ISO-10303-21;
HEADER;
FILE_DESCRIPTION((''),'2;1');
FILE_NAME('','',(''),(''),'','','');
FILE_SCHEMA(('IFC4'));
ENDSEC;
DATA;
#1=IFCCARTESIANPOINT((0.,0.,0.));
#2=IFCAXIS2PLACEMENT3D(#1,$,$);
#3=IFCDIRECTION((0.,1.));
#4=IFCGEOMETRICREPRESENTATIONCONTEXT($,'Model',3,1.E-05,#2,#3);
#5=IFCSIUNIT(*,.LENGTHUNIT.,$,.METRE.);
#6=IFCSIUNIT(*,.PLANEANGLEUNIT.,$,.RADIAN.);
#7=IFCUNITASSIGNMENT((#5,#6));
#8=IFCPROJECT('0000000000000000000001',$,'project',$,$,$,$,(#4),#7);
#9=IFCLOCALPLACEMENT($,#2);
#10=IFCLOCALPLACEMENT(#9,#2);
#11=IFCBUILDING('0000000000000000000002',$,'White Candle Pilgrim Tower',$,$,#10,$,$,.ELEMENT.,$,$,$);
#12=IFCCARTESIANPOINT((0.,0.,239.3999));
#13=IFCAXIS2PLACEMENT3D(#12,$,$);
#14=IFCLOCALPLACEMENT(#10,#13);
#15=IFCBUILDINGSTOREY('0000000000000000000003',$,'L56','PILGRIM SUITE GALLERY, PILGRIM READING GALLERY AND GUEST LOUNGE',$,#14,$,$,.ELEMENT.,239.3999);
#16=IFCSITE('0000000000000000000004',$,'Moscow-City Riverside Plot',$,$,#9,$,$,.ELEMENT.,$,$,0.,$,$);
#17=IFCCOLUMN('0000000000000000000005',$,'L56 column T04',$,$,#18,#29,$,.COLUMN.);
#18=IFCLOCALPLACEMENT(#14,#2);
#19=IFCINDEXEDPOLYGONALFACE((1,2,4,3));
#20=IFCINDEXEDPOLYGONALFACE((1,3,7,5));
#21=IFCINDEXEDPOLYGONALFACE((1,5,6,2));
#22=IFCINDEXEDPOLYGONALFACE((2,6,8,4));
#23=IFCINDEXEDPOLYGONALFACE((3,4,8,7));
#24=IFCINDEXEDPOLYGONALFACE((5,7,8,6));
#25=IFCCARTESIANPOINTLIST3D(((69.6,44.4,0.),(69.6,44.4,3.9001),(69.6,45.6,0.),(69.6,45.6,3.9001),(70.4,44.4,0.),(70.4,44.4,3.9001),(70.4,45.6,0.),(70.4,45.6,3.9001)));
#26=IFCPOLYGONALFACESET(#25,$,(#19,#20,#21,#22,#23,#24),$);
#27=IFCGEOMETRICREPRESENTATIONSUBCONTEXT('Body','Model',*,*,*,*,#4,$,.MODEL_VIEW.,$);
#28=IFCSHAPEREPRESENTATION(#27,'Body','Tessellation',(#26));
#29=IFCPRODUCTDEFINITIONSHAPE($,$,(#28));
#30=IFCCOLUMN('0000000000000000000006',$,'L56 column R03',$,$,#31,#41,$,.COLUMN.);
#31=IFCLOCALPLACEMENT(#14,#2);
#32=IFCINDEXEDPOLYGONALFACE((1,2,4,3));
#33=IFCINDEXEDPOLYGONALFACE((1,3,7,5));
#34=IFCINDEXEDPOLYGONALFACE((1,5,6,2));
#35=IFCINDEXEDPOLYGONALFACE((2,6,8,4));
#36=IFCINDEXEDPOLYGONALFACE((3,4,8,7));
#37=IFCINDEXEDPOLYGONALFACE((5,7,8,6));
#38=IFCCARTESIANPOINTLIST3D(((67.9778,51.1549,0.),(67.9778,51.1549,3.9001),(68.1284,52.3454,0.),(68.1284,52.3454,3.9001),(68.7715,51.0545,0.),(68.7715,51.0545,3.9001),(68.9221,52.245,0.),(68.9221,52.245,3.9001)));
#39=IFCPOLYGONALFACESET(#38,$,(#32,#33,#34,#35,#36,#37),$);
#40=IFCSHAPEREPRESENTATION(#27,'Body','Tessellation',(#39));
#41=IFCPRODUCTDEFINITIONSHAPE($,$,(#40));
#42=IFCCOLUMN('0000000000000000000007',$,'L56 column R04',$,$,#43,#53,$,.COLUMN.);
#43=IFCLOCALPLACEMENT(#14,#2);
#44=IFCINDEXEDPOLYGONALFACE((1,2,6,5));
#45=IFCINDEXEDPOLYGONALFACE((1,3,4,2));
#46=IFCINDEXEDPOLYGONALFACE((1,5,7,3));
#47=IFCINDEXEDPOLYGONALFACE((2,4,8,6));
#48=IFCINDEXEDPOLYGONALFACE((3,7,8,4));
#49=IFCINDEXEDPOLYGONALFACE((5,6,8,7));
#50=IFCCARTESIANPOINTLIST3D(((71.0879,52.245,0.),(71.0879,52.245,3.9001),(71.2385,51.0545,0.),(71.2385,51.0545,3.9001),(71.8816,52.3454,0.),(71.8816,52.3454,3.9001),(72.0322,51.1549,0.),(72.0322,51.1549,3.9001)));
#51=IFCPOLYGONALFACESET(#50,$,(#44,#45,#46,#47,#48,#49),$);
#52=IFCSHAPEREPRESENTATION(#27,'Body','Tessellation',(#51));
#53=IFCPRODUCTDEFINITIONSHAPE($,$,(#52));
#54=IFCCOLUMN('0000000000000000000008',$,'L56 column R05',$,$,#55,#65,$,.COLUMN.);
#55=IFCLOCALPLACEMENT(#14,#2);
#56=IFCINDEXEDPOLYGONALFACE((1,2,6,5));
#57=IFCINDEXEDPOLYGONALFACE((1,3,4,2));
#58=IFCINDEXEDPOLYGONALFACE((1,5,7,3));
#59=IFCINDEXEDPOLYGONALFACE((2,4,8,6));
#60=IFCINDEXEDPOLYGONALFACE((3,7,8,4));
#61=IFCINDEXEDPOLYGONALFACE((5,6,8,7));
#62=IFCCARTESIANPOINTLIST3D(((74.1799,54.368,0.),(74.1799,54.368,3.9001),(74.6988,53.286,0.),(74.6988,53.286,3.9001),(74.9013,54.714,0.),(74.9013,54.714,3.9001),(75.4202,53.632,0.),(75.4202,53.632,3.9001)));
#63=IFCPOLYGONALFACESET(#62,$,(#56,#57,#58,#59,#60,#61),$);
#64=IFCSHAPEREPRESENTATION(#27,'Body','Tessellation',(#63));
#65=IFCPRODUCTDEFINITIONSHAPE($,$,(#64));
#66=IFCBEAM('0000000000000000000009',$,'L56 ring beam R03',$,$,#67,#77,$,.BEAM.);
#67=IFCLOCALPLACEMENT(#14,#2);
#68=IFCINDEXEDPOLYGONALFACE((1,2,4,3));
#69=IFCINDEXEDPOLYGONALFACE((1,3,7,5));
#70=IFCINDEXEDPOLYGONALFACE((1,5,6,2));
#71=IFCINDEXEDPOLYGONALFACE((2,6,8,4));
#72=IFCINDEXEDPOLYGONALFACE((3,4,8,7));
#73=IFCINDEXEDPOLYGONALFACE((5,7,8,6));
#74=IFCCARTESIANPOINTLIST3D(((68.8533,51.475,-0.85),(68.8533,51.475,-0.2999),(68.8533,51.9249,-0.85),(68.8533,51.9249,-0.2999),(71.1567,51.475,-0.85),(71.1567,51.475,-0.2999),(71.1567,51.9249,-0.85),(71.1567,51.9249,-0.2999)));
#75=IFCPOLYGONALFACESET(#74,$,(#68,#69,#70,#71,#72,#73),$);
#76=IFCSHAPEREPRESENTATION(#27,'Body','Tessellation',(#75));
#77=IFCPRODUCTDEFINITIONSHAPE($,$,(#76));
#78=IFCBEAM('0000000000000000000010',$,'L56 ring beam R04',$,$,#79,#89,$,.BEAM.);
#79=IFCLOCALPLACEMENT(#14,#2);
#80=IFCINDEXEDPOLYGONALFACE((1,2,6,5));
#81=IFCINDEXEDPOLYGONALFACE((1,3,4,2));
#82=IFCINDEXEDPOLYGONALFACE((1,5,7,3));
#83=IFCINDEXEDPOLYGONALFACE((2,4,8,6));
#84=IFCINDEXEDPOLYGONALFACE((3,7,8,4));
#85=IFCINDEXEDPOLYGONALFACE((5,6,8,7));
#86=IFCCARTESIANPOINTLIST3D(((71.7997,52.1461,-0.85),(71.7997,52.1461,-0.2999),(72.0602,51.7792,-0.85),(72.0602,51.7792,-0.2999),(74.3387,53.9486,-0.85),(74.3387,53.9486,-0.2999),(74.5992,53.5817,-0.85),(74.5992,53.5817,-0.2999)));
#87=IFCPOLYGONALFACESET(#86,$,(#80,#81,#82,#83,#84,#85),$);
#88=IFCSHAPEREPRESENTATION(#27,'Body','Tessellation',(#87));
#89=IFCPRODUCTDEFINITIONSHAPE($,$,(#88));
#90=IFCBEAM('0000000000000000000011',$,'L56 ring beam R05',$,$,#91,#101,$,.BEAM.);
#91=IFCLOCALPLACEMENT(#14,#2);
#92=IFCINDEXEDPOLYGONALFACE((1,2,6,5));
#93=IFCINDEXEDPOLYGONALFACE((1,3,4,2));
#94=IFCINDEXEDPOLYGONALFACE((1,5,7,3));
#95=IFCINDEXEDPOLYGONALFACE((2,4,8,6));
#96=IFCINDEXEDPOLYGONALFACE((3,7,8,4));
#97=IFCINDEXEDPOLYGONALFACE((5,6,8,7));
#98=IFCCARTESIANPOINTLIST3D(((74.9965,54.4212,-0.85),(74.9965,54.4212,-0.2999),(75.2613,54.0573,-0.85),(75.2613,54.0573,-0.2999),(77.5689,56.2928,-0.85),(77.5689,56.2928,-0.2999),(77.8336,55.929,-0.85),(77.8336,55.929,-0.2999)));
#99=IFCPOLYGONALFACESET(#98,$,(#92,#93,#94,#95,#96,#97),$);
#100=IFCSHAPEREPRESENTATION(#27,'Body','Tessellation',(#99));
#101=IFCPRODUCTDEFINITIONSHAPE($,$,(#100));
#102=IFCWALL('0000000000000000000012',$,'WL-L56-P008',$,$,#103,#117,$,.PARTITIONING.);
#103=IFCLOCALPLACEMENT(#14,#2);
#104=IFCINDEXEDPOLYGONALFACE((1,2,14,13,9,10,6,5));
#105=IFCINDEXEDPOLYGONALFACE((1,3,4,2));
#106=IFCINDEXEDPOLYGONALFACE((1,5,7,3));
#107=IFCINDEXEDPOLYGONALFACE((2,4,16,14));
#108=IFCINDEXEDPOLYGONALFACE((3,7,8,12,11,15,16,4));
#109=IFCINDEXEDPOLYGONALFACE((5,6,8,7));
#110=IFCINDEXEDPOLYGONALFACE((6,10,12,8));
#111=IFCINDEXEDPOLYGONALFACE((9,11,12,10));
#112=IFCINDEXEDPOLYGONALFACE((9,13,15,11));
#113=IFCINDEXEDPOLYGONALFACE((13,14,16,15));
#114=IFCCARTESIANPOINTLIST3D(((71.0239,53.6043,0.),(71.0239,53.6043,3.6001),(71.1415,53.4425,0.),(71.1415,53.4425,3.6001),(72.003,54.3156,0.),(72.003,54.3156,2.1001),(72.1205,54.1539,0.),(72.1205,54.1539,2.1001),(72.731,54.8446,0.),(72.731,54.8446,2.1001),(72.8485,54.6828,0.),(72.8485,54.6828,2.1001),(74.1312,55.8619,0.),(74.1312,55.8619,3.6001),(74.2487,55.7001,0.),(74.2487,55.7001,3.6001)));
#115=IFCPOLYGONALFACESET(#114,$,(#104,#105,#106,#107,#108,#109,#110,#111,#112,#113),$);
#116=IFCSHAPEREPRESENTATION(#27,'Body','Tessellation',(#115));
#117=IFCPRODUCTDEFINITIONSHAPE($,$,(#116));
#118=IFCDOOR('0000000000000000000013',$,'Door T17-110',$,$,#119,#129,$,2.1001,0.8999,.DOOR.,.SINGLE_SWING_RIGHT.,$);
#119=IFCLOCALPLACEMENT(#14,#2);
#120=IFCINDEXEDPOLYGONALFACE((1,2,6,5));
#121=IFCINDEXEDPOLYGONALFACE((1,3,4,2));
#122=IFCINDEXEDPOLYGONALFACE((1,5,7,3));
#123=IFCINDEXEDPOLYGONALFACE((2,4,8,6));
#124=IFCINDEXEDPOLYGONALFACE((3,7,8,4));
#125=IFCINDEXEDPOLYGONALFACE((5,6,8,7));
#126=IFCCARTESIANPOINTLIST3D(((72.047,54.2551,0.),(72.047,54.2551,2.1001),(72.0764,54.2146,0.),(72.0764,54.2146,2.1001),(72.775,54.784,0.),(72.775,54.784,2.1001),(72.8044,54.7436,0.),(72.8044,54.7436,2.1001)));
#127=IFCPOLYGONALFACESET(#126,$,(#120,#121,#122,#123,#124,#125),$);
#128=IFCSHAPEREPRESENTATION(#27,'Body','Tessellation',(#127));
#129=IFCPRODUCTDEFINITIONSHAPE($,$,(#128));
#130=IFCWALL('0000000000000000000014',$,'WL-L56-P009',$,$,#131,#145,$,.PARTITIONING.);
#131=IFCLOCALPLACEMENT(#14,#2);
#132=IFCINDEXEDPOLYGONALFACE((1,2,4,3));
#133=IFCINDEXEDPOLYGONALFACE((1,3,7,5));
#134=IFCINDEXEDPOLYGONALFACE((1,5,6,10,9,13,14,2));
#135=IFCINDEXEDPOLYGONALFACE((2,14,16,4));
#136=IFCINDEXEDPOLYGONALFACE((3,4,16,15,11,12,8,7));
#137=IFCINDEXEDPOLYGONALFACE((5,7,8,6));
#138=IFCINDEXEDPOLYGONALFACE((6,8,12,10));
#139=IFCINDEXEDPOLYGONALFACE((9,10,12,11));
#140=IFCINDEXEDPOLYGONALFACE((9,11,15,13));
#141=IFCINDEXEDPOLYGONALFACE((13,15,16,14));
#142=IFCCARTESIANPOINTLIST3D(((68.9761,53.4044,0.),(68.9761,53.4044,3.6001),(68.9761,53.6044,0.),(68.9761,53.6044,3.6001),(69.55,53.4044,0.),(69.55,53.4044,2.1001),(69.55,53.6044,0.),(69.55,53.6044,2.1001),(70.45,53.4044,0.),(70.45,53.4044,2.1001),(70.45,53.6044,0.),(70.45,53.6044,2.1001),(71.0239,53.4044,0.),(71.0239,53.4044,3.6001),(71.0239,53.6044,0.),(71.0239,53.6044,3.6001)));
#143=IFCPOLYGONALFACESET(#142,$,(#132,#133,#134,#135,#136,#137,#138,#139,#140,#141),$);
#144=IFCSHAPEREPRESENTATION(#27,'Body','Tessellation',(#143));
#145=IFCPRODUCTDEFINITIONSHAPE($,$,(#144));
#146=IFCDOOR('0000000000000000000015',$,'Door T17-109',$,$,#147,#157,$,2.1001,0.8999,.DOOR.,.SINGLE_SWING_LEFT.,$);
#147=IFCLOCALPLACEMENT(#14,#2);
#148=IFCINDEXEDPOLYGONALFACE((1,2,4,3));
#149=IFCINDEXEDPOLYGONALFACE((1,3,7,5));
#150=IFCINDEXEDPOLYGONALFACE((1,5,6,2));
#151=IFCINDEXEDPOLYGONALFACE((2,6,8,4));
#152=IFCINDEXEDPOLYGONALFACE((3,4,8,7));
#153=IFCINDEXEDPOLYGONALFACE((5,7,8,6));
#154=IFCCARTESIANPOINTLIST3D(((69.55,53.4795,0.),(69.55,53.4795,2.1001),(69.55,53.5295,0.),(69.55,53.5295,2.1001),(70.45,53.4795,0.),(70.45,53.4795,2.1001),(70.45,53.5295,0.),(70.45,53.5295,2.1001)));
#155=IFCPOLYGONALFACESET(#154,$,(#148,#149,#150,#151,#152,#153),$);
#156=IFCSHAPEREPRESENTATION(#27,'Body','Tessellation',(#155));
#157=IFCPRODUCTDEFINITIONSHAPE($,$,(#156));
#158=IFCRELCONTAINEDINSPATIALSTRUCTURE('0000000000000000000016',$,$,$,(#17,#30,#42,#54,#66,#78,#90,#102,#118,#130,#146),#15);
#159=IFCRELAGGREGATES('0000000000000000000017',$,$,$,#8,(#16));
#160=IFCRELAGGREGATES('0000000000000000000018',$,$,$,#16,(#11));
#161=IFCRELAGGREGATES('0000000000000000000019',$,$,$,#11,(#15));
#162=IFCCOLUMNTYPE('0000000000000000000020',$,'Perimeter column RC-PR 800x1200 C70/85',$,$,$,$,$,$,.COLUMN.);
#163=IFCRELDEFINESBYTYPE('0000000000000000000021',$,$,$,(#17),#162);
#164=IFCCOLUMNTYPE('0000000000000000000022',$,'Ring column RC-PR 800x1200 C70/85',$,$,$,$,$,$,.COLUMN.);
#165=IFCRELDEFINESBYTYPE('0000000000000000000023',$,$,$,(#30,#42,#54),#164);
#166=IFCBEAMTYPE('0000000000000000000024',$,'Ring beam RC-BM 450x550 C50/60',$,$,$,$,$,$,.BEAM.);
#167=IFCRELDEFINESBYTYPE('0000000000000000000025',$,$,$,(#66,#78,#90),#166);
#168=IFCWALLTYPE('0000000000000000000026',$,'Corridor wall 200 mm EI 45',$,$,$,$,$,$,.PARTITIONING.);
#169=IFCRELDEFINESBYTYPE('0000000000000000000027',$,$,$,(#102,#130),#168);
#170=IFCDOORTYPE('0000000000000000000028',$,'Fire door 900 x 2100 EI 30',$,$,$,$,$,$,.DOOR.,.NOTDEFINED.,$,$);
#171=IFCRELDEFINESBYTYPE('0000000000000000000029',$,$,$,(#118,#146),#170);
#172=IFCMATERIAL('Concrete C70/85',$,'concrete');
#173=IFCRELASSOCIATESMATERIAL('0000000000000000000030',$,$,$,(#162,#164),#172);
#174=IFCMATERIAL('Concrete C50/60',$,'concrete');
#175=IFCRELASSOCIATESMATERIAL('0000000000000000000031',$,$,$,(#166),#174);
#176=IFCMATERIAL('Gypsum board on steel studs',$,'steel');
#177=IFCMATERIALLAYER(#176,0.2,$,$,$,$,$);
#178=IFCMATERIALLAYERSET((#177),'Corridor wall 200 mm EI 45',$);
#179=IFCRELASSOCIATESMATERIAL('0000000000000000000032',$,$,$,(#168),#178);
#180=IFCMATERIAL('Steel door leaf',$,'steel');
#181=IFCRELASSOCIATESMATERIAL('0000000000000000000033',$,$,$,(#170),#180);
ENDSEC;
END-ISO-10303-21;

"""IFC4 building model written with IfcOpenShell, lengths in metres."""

from ifc_helpers import new_model, si_unit, direction, frame, frame_2d, origin, origin_2d, place, context, subcontext, project, spatial, rectangle, extrude, material, layer, layer_set, material_profile, profile_set, type_object, element, fill, save


model = new_model("IFC4")

# Units and contexts
model_context = context("Model", 3, precision=1e-05, world=origin(), true_north=direction((0.0, 1.0)))
body_context = subcontext(model_context, "Body", "Model", "MODEL_VIEW")
ifc_project = project(units=[si_unit("LENGTHUNIT", "METRE"), si_unit("PLANEANGLEUNIT", "RADIAN")], contexts=[model_context])

# Site, building, storey
site_placement = place(None, origin())
site = spatial("IfcSite", under=ifc_project, at=site_placement, Name="Moscow-City Riverside Plot", CompositionType="ELEMENT", RefElevation=0.0)
building_placement = place(site_placement, origin())
building = spatial("IfcBuilding", under=site, at=building_placement, Name="White Candle Pilgrim Tower", CompositionType="ELEMENT")
storey_placement = place(building_placement, frame((0.0, 0.0, 239.3999)))
storey = spatial("IfcBuildingStorey", under=building, at=storey_placement, Name="L56", Description="PILGRIM SUITE GALLERY, PILGRIM READING GALLERY AND GUEST LOUNGE", CompositionType="ELEMENT", Elevation=239.3999)

# Columns
ifc_material_1 = material(Name="Concrete C70/85", Category="concrete")
ifc_material_profile_1 = material_profile(ifc_material_1, rectangle(XDim=0.8, YDim=1.2, at=origin_2d()), Name="RC-PR 800x1200")
ifc_profile_set_1 = profile_set([ifc_material_profile_1], Name="Concrete C70/85")
column_type_1 = type_object("IfcColumnType", Name="Perimeter column RC-PR 800x1200 C70/85", PredefinedType="COLUMN", material=ifc_profile_set_1)
column_placement = place(storey_placement, frame((70.0, 45.0, 0.0), z_axis=(0.0, 0.0, 1.0), x_axis=(-1.0, 0.0, 0.0)))
element("IfcColumn", 1, at=column_placement, inside=storey, type_object=column_type_1, Name="L56 column T04", PredefinedType="COLUMN", context=body_context, shape_type="SweptSolid", body=[
    extrude(rectangle(XDim=0.8, YDim=1.2, at=origin_2d()), origin(), (0.0, 0.0, 1.0), 3.9001),
])
ifc_material_profile_2 = material_profile(ifc_material_1, rectangle(XDim=0.8, YDim=1.2, at=origin_2d()), Name="RC-PR 800x1200")
ifc_profile_set_2 = profile_set([ifc_material_profile_2], Name="Concrete C70/85")
column_type_2 = type_object("IfcColumnType", Name="Ring column RC-PR 800x1200 C70/85", PredefinedType="COLUMN", material=ifc_profile_set_2)
for number, where, z_axis, x_axis, name in (
    (2, (68.45, 51.7, 0.0), (0.0, 0.0, 1.0), (-0.992093, 0.125506, 0.0), "L56 column R03"),
    (3, (71.5601, 51.7, 0.0), (0.0, 0.0, 1.0), (-0.992093, -0.125506, 0.0), "L56 column R04"),
    (4, (74.8, 54.0, 0.0), (0.0, 0.0, 1.0), (-0.901689, -0.432385, 0.0), "L56 column R05"),
):
    element("IfcColumn", number, at=place(storey_placement, frame(where, z_axis=z_axis, x_axis=x_axis)), inside=storey, type_object=column_type_2, Name=name, PredefinedType="COLUMN", context=body_context, shape_type="SweptSolid", body=[
        extrude(rectangle(XDim=0.8, YDim=1.2, at=origin_2d()), origin(), (0.0, 0.0, 1.0), 3.9001),
    ])

# Beams
ifc_material_2 = material(Name="Concrete C50/60", Category="concrete")
ifc_material_profile_3 = material_profile(ifc_material_2, rectangle(XDim=0.45, YDim=0.55, at=origin_2d()), Name="RC-BM 450x550")
ifc_profile_set_3 = profile_set([ifc_material_profile_3], Name="Concrete C50/60")
beam_type = type_object("IfcBeamType", Name="Ring beam RC-BM 450x550 C50/60", PredefinedType="BEAM", material=ifc_profile_set_3)
beam_1_placement = place(storey_placement, frame((68.8533, 51.7, -0.575), z_axis=(1.0, 0.0, 0.0), x_axis=(0.0, 1.0, 0.0)))
element("IfcBeam", 5, at=beam_1_placement, inside=storey, type_object=beam_type, Name="L56 ring beam R03", PredefinedType="BEAM", context=body_context, shape_type="SweptSolid", body=[
    extrude(rectangle(XDim=0.45, YDim=0.55, at=origin_2d()), origin(), (0.0, 0.0, 1.0), 2.3035),
])
beam_2_placement = place(storey_placement, frame((71.9299, 51.9626, -0.575), z_axis=(0.81542, 0.57887, 0.0), x_axis=(-0.57887, 0.81542, 0.0)))
element("IfcBeam", 6, at=beam_2_placement, inside=storey, type_object=beam_type, Name="L56 ring beam R04", PredefinedType="BEAM", context=body_context, shape_type="SweptSolid", body=[
    extrude(rectangle(XDim=0.45, YDim=0.55, at=origin_2d()), origin(), (0.0, 0.0, 1.0), 3.1138),
])
beam_3_placement = place(storey_placement, frame((75.1289, 54.2393, -0.575), z_axis=(0.80861, 0.588345, 0.0), x_axis=(-0.588345, 0.80861, 0.0)))
element("IfcBeam", 7, at=beam_3_placement, inside=storey, type_object=beam_type, Name="L56 ring beam R05", PredefinedType="BEAM", context=body_context, shape_type="SweptSolid", body=[
    extrude(rectangle(XDim=0.45, YDim=0.55, at=origin_2d()), origin(), (0.0, 0.0, 1.0), 3.1812),
])

# Walls, openings, doors
ifc_material_3 = material(Name="Gypsum board on steel studs", Category="steel")
ifc_layer_1 = layer(ifc_material_3, 0.2)
ifc_layer_set_1 = layer_set([ifc_layer_1], Name="Corridor wall 200 mm EI 45")
wall_type_1 = type_object("IfcWallType", Name="Corridor wall 200 mm EI 45", PredefinedType="PARTITIONING", material=ifc_layer_set_1)
wall_1_placement = place(storey_placement, frame((74.1899, 55.781, 0.0), z_axis=(0.0, 0.0, 1.0), x_axis=(-0.809008, -0.587797, 0.0)))
wall_1 = element("IfcWall", 8, at=wall_1_placement, inside=storey, type_object=wall_type_1, Name="WL-L56-P008", PredefinedType="PARTITIONING", context=body_context, shape_type="SweptSolid", body=[
    extrude(rectangle(XDim=3.8408, YDim=0.2, at=frame_2d((1.9204, 0.0))), origin(), (0.0, 0.0, 1.0), 3.6001),
])
opening_1_placement = place(wall_1_placement, frame((1.7307, 0.0, 0.0)))
opening_1 = element("IfcOpeningElement", 9, at=opening_1_placement, cuts=wall_1, PredefinedType="OPENING", context=body_context, shape_type="SweptSolid", body=[
    extrude(rectangle(XDim=0.8999, YDim=2.1001, at=frame_2d((0.45, 1.05))), frame((0.0, 0.1099, 0.0), z_axis=(0.0, -1.0, 0.0), x_axis=(1.0, 0.0, 0.0)), (0.0, 0.0, 1.0), 0.22),
])
ifc_material_4 = material(Name="Steel door leaf", Category="steel")
door_type_1 = type_object("IfcDoorType", Name="Fire door 900 x 2100 EI 30", OperationType="NOTDEFINED", PredefinedType="DOOR", material=ifc_material_4)
door_1_placement = place(opening_1_placement, origin())
door_1 = element("IfcDoor", 10, at=door_1_placement, inside=storey, type_object=door_type_1, Name="Door T17-110", OperationType="SINGLE_SWING_RIGHT", OverallHeight=2.1001, OverallWidth=0.8999, PredefinedType="DOOR", context=body_context, shape_type="SweptSolid", body=[
    extrude(rectangle(XDim=0.8999, YDim=2.1001, at=frame_2d((0.45, 1.05))), frame((0.0, 0.0249, 0.0), z_axis=(0.0, -1.0, 0.0), x_axis=(1.0, 0.0, 0.0)), (0.0, 0.0, 1.0), 0.05),
])
fill(opening_1, door_1)
wall_2_placement = place(storey_placement, frame((71.0239, 53.5044, 0.0), z_axis=(0.0, 0.0, 1.0), x_axis=(-1.0, 0.0, 0.0)))
wall_2 = element("IfcWall", 11, at=wall_2_placement, inside=storey, type_object=wall_type_1, Name="WL-L56-P009", PredefinedType="PARTITIONING", context=body_context, shape_type="SweptSolid", body=[
    extrude(rectangle(XDim=2.0479, YDim=0.2, at=frame_2d((1.0239, 0.0))), origin(), (0.0, 0.0, 1.0), 3.6001),
])
opening_2_placement = place(wall_2_placement, frame((0.574, 0.0, 0.0)))
opening_2 = element("IfcOpeningElement", 12, at=opening_2_placement, cuts=wall_2, PredefinedType="OPENING", context=body_context, shape_type="SweptSolid", body=[
    extrude(rectangle(XDim=0.8999, YDim=2.1001, at=frame_2d((0.45, 1.05))), frame((0.0, 0.1099, 0.0), z_axis=(0.0, -1.0, 0.0), x_axis=(1.0, 0.0, 0.0)), (0.0, 0.0, 1.0), 0.22),
])
door_2_placement = place(opening_2_placement, origin())
door_2 = element("IfcDoor", 13, at=door_2_placement, inside=storey, type_object=door_type_1, Name="Door T17-109", OperationType="SINGLE_SWING_LEFT", OverallHeight=2.1001, OverallWidth=0.8999, PredefinedType="DOOR", context=body_context, shape_type="SweptSolid", body=[
    extrude(rectangle(XDim=0.8999, YDim=2.1001, at=frame_2d((0.45, 1.05))), frame((0.0, 0.0249, 0.0), z_axis=(0.0, -1.0, 0.0), x_axis=(1.0, 0.0, 0.0)), (0.0, 0.0, 1.0), 0.05),
])
fill(opening_2, door_2)

save(model, "model.ifc")
